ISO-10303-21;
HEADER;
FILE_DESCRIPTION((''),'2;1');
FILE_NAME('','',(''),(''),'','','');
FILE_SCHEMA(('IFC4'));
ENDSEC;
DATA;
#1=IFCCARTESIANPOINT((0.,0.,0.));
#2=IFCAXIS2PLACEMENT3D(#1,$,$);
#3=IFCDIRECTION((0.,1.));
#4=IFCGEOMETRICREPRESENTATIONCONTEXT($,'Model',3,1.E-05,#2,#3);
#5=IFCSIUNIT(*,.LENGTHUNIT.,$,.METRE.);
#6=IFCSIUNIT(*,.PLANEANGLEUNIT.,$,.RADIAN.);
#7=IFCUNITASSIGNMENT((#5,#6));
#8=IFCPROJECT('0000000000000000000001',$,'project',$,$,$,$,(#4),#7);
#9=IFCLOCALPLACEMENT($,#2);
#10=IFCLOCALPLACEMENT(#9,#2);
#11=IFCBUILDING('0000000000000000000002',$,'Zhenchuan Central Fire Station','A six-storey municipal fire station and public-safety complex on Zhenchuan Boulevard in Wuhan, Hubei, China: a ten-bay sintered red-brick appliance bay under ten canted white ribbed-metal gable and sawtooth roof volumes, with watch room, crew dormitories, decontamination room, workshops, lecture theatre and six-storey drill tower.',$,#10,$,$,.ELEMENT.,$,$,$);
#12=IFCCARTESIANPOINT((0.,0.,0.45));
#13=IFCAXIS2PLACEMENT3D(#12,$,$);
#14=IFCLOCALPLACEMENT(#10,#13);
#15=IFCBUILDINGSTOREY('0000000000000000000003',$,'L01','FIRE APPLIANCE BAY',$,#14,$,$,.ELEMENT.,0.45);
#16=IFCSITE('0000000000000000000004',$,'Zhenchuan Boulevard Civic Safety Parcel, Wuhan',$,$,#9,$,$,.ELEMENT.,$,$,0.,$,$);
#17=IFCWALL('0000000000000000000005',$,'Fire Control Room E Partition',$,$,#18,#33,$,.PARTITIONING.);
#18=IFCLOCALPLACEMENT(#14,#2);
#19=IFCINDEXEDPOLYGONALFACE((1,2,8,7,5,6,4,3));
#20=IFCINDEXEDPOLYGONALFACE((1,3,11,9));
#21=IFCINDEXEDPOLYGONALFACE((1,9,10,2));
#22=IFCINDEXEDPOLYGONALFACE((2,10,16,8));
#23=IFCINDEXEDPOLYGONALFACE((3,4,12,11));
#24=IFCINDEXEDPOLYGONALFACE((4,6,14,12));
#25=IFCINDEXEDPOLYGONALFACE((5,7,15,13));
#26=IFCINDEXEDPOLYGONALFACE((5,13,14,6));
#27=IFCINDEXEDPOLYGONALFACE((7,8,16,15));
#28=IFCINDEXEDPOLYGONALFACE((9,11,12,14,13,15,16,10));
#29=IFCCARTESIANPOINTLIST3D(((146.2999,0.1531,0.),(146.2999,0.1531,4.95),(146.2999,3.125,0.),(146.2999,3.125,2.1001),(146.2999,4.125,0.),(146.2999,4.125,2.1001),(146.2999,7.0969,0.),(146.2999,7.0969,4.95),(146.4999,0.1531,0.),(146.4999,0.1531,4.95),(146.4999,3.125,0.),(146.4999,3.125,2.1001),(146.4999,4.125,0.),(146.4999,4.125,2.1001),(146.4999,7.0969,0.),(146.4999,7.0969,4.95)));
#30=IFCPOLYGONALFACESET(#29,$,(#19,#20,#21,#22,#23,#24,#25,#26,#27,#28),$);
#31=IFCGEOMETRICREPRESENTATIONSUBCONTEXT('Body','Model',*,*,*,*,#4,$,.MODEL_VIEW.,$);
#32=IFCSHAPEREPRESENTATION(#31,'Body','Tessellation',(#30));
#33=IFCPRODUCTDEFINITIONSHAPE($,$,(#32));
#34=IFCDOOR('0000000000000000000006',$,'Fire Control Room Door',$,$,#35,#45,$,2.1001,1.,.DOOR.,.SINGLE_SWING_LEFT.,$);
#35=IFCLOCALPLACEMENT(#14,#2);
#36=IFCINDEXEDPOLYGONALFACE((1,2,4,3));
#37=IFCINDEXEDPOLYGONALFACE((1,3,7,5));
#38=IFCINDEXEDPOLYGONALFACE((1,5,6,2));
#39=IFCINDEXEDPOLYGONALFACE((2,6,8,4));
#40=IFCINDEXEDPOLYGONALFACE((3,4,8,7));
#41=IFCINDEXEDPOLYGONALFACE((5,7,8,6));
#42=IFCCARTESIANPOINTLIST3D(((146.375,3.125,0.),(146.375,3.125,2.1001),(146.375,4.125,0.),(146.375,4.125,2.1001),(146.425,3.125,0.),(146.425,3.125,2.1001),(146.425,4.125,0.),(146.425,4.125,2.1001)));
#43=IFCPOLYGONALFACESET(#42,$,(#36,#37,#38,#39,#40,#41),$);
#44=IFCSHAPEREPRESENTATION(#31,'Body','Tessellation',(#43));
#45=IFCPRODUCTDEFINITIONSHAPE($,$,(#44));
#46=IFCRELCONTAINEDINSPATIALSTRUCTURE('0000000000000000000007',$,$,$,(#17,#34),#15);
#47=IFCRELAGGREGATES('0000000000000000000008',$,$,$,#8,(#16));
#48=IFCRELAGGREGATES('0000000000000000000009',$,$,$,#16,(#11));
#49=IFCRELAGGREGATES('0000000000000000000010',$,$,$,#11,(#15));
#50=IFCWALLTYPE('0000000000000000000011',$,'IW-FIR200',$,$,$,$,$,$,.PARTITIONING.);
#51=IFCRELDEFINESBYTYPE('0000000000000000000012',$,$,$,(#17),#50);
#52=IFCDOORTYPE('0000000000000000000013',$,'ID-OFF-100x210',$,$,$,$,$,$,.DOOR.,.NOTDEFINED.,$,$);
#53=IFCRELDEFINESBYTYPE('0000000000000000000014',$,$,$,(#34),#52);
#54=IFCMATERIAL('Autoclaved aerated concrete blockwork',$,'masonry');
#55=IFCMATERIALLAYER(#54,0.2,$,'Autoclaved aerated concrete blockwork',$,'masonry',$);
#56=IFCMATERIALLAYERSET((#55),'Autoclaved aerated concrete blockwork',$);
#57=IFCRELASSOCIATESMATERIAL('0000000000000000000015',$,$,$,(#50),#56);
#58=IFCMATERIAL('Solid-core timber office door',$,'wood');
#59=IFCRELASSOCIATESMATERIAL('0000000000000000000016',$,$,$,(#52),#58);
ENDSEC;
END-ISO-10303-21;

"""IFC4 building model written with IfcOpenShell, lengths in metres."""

from ifc_helpers import new_model, si_unit, direction, frame, frame_2d, origin, place, context, subcontext, project, spatial, rectangle, extrude, material, layer, layer_set, type_object, element, fill, save


model = new_model("IFC4")

# Units and contexts
model_context = context("Model", 3, precision=1e-05, world=origin(), true_north=direction((0.0, 1.0)))
body_context = subcontext(model_context, "Body", "Model", "MODEL_VIEW")
ifc_project = project(units=[si_unit("LENGTHUNIT", "METRE"), si_unit("PLANEANGLEUNIT", "RADIAN")], contexts=[model_context])

# Site, building, storey
site_placement = place(None, origin())
site = spatial("IfcSite", under=ifc_project, at=site_placement, Name="Zhenchuan Boulevard Civic Safety Parcel, Wuhan", CompositionType="ELEMENT", RefElevation=0.0)
building_placement = place(site_placement, origin())
building = spatial("IfcBuilding", under=site, at=building_placement, Name="Zhenchuan Central Fire Station", Description="A six-storey municipal fire station and public-safety complex on Zhenchuan Boulevard in Wuhan, Hubei, China: a ten-bay sintered red-brick appliance bay under ten canted white ribbed-metal gable and sawtooth roof volumes, with watch room, crew dormitories, decontamination room, workshops, lecture theatre and six-storey drill tower.", CompositionType="ELEMENT")
storey_placement = place(building_placement, frame((0.0, 0.0, 0.45)))
storey = spatial("IfcBuildingStorey", under=building, at=storey_placement, Name="L01", Description="FIRE APPLIANCE BAY", CompositionType="ELEMENT", Elevation=0.45)

# Wall, opening, door
ifc_material_1 = material(Name="Autoclaved aerated concrete blockwork", Category="masonry")
ifc_layer_1 = layer(ifc_material_1, 0.2, Name="Autoclaved aerated concrete blockwork", Category="masonry")
ifc_layer_set_1 = layer_set([ifc_layer_1], Name="Autoclaved aerated concrete blockwork")
wall_type_1 = type_object("IfcWallType", Name="IW-FIR200", PredefinedType="PARTITIONING", material=ifc_layer_set_1)
wall_1_placement = place(storey_placement, frame((146.3999, 0.1531, 0.0), z_axis=(0.0, 0.0, 1.0), x_axis=(0.0, 1.0, 0.0)))
wall_1 = element("IfcWall", 1, at=wall_1_placement, inside=storey, type_object=wall_type_1, Name="Fire Control Room E Partition", PredefinedType="PARTITIONING", context=body_context, shape_type="SweptSolid", body=[
    extrude(rectangle(XDim=6.9438, YDim=0.2, at=frame_2d((3.4719, 0.0))), origin(), (0.0, 0.0, 1.0), 4.95),
])
opening_1_placement = place(wall_1_placement, frame((2.9719, 0.0, 0.0)))
opening_1 = element("IfcOpeningElement", 2, at=opening_1_placement, cuts=wall_1, PredefinedType="OPENING", context=body_context, shape_type="SweptSolid", body=[
    extrude(rectangle(XDim=1.0, YDim=2.1001, at=frame_2d((0.5, 1.05))), frame((0.0, 0.1099, 0.0), z_axis=(0.0, -1.0, 0.0), x_axis=(1.0, 0.0, 0.0)), (0.0, 0.0, 1.0), 0.22),
])
ifc_material_2 = material(Name="Solid-core timber office door", Category="wood")
door_type_1 = type_object("IfcDoorType", Name="ID-OFF-100x210", OperationType="NOTDEFINED", PredefinedType="DOOR", material=ifc_material_2)
door_1_placement = place(opening_1_placement, origin())
door_1 = element("IfcDoor", 3, at=door_1_placement, inside=storey, type_object=door_type_1, Name="Fire Control Room Door", OperationType="SINGLE_SWING_LEFT", OverallHeight=2.1001, OverallWidth=1.0, PredefinedType="DOOR", context=body_context, shape_type="SweptSolid", body=[
    extrude(rectangle(XDim=1.0, YDim=2.1001, at=frame_2d((0.5, 1.05))), frame((0.0, 0.0249, 0.0), z_axis=(0.0, -1.0, 0.0), x_axis=(1.0, 0.0, 0.0)), (0.0, 0.0, 1.0), 0.05),
])
fill(opening_1, door_1)

save(model, "model.ifc")
